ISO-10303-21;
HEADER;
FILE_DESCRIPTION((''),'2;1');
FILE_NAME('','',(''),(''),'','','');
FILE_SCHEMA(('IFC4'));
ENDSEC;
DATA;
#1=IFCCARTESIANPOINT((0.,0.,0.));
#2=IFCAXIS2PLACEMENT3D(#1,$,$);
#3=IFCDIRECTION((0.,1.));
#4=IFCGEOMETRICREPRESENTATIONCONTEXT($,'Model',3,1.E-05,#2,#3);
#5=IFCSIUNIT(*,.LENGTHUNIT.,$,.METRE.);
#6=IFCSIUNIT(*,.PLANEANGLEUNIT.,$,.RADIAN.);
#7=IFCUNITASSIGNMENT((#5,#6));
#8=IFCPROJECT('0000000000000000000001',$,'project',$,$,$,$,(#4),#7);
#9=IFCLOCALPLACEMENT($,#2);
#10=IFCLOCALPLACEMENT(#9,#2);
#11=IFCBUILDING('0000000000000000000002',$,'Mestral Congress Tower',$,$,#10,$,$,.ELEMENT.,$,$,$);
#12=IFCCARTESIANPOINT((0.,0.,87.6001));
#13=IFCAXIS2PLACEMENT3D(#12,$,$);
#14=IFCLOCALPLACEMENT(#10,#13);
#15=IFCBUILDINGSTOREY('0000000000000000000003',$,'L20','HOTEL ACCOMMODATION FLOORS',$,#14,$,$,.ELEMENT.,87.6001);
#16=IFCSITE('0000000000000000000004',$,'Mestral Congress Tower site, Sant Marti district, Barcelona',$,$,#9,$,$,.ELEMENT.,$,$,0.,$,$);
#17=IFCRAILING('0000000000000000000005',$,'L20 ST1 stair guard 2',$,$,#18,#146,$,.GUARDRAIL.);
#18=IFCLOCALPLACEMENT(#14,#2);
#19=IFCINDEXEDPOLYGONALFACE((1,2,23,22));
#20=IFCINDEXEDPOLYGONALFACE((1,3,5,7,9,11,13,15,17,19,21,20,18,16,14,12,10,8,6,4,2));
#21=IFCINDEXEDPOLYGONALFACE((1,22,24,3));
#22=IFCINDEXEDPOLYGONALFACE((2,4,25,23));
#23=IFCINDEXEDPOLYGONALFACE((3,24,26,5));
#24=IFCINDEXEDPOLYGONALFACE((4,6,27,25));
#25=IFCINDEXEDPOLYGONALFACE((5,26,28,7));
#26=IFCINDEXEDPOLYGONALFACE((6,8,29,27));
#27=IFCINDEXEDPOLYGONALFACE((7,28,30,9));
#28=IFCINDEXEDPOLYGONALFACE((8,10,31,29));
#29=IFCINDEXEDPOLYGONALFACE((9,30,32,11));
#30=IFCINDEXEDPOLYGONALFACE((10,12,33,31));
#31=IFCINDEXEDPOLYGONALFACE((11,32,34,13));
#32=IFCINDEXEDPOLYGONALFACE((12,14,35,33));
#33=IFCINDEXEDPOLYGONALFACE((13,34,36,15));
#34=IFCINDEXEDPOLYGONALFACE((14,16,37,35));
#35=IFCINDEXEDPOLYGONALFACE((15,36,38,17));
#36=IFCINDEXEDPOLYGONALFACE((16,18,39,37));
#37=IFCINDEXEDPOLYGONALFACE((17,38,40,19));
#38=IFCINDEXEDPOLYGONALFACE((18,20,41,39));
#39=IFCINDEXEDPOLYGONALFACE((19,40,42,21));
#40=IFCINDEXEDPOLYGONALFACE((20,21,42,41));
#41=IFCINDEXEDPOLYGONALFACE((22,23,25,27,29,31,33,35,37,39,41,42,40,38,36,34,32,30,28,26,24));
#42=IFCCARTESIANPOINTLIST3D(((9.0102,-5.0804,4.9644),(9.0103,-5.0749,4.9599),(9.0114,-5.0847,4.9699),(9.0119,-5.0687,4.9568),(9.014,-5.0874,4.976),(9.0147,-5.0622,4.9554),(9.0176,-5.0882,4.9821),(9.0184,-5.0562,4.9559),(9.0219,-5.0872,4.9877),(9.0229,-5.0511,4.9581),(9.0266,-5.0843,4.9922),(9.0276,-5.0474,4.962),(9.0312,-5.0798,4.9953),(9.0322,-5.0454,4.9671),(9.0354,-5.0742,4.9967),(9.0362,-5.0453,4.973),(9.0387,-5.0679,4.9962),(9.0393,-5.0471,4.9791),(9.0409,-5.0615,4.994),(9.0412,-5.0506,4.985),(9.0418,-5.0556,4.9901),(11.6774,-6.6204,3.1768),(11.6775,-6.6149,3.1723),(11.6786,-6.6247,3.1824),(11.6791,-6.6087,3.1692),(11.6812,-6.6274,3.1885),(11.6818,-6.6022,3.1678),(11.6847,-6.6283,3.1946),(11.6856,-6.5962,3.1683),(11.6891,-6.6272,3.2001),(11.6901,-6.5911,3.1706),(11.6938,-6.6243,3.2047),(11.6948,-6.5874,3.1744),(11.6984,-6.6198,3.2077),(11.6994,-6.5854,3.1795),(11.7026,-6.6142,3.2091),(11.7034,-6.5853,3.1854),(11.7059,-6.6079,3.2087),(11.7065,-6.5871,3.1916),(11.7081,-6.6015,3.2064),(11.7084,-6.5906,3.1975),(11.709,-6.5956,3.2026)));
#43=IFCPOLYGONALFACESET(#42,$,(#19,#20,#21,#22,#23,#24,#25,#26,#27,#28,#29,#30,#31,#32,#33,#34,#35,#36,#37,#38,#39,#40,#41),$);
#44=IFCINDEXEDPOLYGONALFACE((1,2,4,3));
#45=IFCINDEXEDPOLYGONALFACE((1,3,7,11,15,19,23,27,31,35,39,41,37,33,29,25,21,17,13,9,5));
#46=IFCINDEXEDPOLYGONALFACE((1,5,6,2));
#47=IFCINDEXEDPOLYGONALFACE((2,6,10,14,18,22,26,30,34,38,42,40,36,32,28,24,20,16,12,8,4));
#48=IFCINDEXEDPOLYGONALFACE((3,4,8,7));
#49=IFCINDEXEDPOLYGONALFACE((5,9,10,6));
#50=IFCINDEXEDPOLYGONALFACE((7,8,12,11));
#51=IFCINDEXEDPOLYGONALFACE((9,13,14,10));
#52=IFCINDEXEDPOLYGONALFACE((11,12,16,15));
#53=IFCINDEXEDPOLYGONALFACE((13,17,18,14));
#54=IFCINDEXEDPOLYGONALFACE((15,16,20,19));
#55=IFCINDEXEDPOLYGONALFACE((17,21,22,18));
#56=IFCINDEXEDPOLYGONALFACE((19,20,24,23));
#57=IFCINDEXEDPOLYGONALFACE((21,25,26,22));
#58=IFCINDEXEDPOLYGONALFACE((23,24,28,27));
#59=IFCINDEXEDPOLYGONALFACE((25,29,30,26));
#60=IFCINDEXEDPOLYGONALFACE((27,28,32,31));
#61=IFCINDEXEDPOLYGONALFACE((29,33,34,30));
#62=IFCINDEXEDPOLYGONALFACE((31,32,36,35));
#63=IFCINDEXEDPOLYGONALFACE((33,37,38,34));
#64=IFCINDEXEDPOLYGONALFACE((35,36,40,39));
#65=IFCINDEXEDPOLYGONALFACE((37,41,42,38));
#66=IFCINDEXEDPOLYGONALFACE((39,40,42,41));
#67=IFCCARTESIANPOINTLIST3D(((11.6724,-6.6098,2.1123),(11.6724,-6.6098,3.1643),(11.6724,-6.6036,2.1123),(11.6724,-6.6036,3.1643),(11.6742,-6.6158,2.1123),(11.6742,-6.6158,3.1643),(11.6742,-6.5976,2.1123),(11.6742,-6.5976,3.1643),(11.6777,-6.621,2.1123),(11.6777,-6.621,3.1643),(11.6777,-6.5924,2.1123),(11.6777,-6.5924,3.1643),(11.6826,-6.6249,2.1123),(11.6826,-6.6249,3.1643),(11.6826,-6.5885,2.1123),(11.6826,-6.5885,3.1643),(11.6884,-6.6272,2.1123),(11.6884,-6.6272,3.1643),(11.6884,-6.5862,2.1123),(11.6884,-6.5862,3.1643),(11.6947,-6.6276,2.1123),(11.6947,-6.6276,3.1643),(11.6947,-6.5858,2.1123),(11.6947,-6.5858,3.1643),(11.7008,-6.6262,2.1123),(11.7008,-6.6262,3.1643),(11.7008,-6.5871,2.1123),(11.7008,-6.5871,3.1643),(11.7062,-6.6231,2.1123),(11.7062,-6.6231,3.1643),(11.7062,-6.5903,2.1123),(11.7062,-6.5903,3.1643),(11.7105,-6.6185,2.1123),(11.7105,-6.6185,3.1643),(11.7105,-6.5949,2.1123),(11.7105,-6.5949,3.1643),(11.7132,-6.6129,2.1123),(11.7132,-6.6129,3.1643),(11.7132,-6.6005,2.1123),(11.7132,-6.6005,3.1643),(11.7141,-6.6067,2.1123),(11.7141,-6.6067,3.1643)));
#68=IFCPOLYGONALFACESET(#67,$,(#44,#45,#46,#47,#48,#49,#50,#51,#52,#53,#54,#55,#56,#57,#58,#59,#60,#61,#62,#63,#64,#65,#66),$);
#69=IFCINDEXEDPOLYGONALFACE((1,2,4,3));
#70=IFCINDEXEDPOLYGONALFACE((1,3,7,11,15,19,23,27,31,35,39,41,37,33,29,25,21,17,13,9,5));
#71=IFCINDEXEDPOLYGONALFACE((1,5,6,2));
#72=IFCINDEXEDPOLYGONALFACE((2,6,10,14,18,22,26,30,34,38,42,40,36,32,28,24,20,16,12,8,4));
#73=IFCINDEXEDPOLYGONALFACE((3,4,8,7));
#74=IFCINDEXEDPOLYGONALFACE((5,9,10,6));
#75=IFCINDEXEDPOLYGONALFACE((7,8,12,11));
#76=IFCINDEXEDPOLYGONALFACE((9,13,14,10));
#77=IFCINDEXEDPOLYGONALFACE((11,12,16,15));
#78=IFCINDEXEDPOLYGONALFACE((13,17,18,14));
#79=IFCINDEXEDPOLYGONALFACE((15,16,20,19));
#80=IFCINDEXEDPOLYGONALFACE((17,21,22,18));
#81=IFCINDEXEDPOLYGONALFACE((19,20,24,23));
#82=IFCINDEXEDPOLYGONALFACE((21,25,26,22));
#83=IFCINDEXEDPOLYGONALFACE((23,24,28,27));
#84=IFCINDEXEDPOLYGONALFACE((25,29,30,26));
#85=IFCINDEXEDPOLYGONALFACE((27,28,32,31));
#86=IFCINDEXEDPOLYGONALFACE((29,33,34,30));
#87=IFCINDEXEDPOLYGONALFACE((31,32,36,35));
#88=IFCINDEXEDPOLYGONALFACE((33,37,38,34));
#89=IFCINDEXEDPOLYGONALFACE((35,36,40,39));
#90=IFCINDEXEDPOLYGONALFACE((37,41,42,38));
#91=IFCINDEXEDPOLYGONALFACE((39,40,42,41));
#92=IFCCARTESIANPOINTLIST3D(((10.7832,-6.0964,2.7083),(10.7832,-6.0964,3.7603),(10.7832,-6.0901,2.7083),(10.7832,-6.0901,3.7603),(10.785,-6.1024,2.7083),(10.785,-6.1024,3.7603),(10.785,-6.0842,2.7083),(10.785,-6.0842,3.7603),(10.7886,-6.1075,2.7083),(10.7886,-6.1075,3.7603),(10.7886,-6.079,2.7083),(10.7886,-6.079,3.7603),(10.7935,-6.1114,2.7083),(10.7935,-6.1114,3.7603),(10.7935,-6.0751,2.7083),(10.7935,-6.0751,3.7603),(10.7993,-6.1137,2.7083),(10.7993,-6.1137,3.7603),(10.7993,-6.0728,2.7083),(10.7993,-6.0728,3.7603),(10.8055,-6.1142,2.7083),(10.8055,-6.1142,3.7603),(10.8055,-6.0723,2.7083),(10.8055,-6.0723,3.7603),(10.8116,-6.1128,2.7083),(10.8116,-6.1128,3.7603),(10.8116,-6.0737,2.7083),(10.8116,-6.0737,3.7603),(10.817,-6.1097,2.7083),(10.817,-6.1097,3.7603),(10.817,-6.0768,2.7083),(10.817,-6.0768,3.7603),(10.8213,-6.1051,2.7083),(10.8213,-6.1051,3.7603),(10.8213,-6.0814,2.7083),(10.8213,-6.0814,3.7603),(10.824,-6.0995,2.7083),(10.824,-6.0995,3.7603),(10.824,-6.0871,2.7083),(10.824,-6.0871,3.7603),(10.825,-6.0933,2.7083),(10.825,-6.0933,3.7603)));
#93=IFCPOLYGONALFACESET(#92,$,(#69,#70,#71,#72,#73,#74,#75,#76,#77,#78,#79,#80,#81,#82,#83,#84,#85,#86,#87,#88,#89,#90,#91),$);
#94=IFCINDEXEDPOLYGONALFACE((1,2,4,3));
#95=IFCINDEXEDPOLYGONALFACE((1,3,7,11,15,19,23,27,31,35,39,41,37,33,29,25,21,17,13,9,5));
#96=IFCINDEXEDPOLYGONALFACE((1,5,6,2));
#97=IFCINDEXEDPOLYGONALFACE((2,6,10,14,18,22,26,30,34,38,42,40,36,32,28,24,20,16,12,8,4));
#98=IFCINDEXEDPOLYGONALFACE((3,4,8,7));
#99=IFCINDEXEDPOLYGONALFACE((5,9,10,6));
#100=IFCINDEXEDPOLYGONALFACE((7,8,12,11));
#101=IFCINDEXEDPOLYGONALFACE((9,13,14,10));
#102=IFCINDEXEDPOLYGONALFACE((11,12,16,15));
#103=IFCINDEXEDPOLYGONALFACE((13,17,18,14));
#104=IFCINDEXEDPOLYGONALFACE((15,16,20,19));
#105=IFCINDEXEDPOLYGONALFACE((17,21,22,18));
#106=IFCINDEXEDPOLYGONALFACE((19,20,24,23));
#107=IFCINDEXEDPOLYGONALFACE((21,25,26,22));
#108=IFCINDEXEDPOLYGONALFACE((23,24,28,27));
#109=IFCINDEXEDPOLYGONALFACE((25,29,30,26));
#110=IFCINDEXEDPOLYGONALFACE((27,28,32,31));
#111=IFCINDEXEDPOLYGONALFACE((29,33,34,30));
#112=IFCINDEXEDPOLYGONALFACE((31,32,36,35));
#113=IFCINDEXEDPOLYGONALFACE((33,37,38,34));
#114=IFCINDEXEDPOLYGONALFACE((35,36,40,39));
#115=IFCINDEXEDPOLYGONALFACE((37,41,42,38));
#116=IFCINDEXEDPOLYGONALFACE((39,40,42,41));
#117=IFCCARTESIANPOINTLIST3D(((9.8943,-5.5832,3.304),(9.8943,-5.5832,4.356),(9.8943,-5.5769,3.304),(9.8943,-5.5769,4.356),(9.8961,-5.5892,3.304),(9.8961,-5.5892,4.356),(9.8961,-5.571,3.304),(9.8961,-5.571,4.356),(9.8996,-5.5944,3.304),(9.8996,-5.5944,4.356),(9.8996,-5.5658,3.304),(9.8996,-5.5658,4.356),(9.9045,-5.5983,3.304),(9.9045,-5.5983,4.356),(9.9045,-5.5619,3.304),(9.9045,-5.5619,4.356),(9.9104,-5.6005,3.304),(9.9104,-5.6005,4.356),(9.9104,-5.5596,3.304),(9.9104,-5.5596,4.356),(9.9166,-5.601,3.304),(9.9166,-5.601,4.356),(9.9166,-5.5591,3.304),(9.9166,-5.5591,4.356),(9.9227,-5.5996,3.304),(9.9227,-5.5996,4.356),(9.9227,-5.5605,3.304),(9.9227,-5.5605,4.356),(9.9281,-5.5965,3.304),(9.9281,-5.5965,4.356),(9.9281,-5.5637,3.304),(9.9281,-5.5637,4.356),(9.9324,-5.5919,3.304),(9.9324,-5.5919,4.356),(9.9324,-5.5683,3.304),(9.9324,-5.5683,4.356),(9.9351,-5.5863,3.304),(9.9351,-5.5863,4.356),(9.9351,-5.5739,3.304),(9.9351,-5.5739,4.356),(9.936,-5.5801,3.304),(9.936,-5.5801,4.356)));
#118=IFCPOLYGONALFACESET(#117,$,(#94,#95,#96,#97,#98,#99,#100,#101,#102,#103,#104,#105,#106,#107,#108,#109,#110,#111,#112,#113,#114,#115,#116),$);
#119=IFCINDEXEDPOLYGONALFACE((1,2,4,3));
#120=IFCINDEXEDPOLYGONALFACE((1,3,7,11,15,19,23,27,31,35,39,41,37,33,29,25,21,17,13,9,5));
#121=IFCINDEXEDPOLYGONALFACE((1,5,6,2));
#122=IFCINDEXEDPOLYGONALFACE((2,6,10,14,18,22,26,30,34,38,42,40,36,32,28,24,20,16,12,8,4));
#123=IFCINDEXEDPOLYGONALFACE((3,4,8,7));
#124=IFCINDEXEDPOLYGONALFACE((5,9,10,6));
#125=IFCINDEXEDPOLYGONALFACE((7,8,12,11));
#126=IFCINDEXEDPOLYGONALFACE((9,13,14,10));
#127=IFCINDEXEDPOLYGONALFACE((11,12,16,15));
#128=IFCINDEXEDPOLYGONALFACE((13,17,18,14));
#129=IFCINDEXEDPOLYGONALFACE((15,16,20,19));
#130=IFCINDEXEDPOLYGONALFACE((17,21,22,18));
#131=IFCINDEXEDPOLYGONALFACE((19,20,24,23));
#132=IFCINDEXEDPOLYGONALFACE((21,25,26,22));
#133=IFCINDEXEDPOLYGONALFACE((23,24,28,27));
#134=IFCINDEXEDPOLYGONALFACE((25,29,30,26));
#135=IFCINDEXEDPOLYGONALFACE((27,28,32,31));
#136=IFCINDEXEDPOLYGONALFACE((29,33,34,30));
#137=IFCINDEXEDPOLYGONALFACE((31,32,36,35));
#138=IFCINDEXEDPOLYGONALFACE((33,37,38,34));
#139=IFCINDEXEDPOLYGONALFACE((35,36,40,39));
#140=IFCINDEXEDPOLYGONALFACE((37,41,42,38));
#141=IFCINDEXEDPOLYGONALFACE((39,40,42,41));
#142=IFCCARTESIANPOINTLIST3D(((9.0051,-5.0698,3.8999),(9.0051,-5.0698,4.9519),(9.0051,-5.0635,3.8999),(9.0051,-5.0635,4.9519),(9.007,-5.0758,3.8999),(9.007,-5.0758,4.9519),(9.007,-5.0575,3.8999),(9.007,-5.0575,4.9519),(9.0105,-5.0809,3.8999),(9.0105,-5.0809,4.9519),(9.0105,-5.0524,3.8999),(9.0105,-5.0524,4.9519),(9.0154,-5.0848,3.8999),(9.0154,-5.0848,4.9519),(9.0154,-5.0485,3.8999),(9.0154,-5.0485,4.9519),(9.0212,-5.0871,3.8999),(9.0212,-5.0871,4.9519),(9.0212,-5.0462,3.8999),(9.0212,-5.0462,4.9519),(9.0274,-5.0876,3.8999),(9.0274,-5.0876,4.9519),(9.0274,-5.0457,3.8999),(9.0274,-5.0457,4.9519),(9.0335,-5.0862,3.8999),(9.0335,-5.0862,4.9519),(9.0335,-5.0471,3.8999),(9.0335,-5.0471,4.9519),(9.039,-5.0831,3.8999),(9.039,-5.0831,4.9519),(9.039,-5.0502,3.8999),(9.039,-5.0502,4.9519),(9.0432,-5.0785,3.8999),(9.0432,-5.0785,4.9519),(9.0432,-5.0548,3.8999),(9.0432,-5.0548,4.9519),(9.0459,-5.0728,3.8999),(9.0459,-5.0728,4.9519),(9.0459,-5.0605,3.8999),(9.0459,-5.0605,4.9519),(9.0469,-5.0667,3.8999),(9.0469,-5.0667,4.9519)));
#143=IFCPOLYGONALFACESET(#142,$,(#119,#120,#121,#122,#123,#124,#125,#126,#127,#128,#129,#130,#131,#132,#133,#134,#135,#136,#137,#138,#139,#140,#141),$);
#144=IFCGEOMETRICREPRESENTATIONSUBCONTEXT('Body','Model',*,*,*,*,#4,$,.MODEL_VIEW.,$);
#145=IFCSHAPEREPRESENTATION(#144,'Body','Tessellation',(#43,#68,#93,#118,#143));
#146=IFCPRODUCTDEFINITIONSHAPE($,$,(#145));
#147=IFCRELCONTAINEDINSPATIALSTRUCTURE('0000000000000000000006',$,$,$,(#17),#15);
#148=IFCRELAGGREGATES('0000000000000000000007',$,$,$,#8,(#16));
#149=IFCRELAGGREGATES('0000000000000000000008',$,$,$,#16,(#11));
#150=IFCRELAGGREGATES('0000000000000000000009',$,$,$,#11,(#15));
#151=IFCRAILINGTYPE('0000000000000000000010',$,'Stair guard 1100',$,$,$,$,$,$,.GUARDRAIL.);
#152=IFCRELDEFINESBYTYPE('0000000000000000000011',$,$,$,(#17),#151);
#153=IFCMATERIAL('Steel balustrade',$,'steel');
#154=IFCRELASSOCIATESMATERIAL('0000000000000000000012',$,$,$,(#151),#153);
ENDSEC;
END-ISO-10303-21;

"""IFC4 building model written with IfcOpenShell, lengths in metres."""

from ifc_helpers import new_model, si_unit, direction, frame, origin, origin_2d, place, context, subcontext, project, spatial, circle, extrude, material, type_object, element, save


model = new_model("IFC4")

# Units and contexts
model_context = context("Model", 3, precision=1e-05, world=origin(), true_north=direction((0.0, 1.0)))
body_context = subcontext(model_context, "Body", "Model", "MODEL_VIEW")
ifc_project = project(units=[si_unit("LENGTHUNIT", "METRE"), si_unit("PLANEANGLEUNIT", "RADIAN")], contexts=[model_context])

# Site, building, storey
site_placement = place(None, origin())
site = spatial("IfcSite", under=ifc_project, at=site_placement, Name="Mestral Congress Tower site, Sant Marti district, Barcelona", CompositionType="ELEMENT", RefElevation=0.0)
building_placement = place(site_placement, origin())
building = spatial("IfcBuilding", under=site, at=building_placement, Name="Mestral Congress Tower", CompositionType="ELEMENT")
storey_placement = place(building_placement, frame((0.0, 0.0, 87.6001)))
storey = spatial("IfcBuildingStorey", under=building, at=storey_placement, Name="L20", Description="HOTEL ACCOMMODATION FLOORS", CompositionType="ELEMENT", Elevation=87.6001)

# Railing
ifc_material_1 = material(Name="Steel balustrade", Category="steel")
railing_type_1 = type_object("IfcRailingType", Name="Stair guard 1100", PredefinedType="GUARDRAIL", material=ifc_material_1)
railing_1_placement = place(storey_placement, frame((11.6931, -6.6067, 2.1123)))
element("IfcRailing", 1, at=railing_1_placement, inside=storey, type_object=railing_type_1, Name="L20 ST1 stair guard 2", PredefinedType="GUARDRAIL", context=body_context, shape_type="SweptSolid", body=[
    extrude(circle(Radius=0.0239, at=origin_2d()), frame((0.0, 0.0, 1.0762), z_axis=(-0.748994, 0.432463, 0.50198), x_axis=(-0.500027, -0.86601, 0.0)), (0.0, 0.0, 1.0), 3.561),
    extrude(circle(Radius=0.021, at=origin_2d()), origin(), (0.0, 0.0, 1.0), 1.052),
    extrude(circle(Radius=0.021, at=origin_2d()), frame((-0.8892, 0.5134, 0.5959)), (0.0, 0.0, 1.0), 1.052),
    extrude(circle(Radius=0.021, at=origin_2d()), frame((-1.7781, 1.0266, 1.1917)), (0.0, 0.0, 1.0), 1.052),
    extrude(circle(Radius=0.021, at=origin_2d()), frame((-2.6672, 1.54, 1.7876)), (0.0, 0.0, 1.0), 1.052),
])

save(model, "model.ifc")
